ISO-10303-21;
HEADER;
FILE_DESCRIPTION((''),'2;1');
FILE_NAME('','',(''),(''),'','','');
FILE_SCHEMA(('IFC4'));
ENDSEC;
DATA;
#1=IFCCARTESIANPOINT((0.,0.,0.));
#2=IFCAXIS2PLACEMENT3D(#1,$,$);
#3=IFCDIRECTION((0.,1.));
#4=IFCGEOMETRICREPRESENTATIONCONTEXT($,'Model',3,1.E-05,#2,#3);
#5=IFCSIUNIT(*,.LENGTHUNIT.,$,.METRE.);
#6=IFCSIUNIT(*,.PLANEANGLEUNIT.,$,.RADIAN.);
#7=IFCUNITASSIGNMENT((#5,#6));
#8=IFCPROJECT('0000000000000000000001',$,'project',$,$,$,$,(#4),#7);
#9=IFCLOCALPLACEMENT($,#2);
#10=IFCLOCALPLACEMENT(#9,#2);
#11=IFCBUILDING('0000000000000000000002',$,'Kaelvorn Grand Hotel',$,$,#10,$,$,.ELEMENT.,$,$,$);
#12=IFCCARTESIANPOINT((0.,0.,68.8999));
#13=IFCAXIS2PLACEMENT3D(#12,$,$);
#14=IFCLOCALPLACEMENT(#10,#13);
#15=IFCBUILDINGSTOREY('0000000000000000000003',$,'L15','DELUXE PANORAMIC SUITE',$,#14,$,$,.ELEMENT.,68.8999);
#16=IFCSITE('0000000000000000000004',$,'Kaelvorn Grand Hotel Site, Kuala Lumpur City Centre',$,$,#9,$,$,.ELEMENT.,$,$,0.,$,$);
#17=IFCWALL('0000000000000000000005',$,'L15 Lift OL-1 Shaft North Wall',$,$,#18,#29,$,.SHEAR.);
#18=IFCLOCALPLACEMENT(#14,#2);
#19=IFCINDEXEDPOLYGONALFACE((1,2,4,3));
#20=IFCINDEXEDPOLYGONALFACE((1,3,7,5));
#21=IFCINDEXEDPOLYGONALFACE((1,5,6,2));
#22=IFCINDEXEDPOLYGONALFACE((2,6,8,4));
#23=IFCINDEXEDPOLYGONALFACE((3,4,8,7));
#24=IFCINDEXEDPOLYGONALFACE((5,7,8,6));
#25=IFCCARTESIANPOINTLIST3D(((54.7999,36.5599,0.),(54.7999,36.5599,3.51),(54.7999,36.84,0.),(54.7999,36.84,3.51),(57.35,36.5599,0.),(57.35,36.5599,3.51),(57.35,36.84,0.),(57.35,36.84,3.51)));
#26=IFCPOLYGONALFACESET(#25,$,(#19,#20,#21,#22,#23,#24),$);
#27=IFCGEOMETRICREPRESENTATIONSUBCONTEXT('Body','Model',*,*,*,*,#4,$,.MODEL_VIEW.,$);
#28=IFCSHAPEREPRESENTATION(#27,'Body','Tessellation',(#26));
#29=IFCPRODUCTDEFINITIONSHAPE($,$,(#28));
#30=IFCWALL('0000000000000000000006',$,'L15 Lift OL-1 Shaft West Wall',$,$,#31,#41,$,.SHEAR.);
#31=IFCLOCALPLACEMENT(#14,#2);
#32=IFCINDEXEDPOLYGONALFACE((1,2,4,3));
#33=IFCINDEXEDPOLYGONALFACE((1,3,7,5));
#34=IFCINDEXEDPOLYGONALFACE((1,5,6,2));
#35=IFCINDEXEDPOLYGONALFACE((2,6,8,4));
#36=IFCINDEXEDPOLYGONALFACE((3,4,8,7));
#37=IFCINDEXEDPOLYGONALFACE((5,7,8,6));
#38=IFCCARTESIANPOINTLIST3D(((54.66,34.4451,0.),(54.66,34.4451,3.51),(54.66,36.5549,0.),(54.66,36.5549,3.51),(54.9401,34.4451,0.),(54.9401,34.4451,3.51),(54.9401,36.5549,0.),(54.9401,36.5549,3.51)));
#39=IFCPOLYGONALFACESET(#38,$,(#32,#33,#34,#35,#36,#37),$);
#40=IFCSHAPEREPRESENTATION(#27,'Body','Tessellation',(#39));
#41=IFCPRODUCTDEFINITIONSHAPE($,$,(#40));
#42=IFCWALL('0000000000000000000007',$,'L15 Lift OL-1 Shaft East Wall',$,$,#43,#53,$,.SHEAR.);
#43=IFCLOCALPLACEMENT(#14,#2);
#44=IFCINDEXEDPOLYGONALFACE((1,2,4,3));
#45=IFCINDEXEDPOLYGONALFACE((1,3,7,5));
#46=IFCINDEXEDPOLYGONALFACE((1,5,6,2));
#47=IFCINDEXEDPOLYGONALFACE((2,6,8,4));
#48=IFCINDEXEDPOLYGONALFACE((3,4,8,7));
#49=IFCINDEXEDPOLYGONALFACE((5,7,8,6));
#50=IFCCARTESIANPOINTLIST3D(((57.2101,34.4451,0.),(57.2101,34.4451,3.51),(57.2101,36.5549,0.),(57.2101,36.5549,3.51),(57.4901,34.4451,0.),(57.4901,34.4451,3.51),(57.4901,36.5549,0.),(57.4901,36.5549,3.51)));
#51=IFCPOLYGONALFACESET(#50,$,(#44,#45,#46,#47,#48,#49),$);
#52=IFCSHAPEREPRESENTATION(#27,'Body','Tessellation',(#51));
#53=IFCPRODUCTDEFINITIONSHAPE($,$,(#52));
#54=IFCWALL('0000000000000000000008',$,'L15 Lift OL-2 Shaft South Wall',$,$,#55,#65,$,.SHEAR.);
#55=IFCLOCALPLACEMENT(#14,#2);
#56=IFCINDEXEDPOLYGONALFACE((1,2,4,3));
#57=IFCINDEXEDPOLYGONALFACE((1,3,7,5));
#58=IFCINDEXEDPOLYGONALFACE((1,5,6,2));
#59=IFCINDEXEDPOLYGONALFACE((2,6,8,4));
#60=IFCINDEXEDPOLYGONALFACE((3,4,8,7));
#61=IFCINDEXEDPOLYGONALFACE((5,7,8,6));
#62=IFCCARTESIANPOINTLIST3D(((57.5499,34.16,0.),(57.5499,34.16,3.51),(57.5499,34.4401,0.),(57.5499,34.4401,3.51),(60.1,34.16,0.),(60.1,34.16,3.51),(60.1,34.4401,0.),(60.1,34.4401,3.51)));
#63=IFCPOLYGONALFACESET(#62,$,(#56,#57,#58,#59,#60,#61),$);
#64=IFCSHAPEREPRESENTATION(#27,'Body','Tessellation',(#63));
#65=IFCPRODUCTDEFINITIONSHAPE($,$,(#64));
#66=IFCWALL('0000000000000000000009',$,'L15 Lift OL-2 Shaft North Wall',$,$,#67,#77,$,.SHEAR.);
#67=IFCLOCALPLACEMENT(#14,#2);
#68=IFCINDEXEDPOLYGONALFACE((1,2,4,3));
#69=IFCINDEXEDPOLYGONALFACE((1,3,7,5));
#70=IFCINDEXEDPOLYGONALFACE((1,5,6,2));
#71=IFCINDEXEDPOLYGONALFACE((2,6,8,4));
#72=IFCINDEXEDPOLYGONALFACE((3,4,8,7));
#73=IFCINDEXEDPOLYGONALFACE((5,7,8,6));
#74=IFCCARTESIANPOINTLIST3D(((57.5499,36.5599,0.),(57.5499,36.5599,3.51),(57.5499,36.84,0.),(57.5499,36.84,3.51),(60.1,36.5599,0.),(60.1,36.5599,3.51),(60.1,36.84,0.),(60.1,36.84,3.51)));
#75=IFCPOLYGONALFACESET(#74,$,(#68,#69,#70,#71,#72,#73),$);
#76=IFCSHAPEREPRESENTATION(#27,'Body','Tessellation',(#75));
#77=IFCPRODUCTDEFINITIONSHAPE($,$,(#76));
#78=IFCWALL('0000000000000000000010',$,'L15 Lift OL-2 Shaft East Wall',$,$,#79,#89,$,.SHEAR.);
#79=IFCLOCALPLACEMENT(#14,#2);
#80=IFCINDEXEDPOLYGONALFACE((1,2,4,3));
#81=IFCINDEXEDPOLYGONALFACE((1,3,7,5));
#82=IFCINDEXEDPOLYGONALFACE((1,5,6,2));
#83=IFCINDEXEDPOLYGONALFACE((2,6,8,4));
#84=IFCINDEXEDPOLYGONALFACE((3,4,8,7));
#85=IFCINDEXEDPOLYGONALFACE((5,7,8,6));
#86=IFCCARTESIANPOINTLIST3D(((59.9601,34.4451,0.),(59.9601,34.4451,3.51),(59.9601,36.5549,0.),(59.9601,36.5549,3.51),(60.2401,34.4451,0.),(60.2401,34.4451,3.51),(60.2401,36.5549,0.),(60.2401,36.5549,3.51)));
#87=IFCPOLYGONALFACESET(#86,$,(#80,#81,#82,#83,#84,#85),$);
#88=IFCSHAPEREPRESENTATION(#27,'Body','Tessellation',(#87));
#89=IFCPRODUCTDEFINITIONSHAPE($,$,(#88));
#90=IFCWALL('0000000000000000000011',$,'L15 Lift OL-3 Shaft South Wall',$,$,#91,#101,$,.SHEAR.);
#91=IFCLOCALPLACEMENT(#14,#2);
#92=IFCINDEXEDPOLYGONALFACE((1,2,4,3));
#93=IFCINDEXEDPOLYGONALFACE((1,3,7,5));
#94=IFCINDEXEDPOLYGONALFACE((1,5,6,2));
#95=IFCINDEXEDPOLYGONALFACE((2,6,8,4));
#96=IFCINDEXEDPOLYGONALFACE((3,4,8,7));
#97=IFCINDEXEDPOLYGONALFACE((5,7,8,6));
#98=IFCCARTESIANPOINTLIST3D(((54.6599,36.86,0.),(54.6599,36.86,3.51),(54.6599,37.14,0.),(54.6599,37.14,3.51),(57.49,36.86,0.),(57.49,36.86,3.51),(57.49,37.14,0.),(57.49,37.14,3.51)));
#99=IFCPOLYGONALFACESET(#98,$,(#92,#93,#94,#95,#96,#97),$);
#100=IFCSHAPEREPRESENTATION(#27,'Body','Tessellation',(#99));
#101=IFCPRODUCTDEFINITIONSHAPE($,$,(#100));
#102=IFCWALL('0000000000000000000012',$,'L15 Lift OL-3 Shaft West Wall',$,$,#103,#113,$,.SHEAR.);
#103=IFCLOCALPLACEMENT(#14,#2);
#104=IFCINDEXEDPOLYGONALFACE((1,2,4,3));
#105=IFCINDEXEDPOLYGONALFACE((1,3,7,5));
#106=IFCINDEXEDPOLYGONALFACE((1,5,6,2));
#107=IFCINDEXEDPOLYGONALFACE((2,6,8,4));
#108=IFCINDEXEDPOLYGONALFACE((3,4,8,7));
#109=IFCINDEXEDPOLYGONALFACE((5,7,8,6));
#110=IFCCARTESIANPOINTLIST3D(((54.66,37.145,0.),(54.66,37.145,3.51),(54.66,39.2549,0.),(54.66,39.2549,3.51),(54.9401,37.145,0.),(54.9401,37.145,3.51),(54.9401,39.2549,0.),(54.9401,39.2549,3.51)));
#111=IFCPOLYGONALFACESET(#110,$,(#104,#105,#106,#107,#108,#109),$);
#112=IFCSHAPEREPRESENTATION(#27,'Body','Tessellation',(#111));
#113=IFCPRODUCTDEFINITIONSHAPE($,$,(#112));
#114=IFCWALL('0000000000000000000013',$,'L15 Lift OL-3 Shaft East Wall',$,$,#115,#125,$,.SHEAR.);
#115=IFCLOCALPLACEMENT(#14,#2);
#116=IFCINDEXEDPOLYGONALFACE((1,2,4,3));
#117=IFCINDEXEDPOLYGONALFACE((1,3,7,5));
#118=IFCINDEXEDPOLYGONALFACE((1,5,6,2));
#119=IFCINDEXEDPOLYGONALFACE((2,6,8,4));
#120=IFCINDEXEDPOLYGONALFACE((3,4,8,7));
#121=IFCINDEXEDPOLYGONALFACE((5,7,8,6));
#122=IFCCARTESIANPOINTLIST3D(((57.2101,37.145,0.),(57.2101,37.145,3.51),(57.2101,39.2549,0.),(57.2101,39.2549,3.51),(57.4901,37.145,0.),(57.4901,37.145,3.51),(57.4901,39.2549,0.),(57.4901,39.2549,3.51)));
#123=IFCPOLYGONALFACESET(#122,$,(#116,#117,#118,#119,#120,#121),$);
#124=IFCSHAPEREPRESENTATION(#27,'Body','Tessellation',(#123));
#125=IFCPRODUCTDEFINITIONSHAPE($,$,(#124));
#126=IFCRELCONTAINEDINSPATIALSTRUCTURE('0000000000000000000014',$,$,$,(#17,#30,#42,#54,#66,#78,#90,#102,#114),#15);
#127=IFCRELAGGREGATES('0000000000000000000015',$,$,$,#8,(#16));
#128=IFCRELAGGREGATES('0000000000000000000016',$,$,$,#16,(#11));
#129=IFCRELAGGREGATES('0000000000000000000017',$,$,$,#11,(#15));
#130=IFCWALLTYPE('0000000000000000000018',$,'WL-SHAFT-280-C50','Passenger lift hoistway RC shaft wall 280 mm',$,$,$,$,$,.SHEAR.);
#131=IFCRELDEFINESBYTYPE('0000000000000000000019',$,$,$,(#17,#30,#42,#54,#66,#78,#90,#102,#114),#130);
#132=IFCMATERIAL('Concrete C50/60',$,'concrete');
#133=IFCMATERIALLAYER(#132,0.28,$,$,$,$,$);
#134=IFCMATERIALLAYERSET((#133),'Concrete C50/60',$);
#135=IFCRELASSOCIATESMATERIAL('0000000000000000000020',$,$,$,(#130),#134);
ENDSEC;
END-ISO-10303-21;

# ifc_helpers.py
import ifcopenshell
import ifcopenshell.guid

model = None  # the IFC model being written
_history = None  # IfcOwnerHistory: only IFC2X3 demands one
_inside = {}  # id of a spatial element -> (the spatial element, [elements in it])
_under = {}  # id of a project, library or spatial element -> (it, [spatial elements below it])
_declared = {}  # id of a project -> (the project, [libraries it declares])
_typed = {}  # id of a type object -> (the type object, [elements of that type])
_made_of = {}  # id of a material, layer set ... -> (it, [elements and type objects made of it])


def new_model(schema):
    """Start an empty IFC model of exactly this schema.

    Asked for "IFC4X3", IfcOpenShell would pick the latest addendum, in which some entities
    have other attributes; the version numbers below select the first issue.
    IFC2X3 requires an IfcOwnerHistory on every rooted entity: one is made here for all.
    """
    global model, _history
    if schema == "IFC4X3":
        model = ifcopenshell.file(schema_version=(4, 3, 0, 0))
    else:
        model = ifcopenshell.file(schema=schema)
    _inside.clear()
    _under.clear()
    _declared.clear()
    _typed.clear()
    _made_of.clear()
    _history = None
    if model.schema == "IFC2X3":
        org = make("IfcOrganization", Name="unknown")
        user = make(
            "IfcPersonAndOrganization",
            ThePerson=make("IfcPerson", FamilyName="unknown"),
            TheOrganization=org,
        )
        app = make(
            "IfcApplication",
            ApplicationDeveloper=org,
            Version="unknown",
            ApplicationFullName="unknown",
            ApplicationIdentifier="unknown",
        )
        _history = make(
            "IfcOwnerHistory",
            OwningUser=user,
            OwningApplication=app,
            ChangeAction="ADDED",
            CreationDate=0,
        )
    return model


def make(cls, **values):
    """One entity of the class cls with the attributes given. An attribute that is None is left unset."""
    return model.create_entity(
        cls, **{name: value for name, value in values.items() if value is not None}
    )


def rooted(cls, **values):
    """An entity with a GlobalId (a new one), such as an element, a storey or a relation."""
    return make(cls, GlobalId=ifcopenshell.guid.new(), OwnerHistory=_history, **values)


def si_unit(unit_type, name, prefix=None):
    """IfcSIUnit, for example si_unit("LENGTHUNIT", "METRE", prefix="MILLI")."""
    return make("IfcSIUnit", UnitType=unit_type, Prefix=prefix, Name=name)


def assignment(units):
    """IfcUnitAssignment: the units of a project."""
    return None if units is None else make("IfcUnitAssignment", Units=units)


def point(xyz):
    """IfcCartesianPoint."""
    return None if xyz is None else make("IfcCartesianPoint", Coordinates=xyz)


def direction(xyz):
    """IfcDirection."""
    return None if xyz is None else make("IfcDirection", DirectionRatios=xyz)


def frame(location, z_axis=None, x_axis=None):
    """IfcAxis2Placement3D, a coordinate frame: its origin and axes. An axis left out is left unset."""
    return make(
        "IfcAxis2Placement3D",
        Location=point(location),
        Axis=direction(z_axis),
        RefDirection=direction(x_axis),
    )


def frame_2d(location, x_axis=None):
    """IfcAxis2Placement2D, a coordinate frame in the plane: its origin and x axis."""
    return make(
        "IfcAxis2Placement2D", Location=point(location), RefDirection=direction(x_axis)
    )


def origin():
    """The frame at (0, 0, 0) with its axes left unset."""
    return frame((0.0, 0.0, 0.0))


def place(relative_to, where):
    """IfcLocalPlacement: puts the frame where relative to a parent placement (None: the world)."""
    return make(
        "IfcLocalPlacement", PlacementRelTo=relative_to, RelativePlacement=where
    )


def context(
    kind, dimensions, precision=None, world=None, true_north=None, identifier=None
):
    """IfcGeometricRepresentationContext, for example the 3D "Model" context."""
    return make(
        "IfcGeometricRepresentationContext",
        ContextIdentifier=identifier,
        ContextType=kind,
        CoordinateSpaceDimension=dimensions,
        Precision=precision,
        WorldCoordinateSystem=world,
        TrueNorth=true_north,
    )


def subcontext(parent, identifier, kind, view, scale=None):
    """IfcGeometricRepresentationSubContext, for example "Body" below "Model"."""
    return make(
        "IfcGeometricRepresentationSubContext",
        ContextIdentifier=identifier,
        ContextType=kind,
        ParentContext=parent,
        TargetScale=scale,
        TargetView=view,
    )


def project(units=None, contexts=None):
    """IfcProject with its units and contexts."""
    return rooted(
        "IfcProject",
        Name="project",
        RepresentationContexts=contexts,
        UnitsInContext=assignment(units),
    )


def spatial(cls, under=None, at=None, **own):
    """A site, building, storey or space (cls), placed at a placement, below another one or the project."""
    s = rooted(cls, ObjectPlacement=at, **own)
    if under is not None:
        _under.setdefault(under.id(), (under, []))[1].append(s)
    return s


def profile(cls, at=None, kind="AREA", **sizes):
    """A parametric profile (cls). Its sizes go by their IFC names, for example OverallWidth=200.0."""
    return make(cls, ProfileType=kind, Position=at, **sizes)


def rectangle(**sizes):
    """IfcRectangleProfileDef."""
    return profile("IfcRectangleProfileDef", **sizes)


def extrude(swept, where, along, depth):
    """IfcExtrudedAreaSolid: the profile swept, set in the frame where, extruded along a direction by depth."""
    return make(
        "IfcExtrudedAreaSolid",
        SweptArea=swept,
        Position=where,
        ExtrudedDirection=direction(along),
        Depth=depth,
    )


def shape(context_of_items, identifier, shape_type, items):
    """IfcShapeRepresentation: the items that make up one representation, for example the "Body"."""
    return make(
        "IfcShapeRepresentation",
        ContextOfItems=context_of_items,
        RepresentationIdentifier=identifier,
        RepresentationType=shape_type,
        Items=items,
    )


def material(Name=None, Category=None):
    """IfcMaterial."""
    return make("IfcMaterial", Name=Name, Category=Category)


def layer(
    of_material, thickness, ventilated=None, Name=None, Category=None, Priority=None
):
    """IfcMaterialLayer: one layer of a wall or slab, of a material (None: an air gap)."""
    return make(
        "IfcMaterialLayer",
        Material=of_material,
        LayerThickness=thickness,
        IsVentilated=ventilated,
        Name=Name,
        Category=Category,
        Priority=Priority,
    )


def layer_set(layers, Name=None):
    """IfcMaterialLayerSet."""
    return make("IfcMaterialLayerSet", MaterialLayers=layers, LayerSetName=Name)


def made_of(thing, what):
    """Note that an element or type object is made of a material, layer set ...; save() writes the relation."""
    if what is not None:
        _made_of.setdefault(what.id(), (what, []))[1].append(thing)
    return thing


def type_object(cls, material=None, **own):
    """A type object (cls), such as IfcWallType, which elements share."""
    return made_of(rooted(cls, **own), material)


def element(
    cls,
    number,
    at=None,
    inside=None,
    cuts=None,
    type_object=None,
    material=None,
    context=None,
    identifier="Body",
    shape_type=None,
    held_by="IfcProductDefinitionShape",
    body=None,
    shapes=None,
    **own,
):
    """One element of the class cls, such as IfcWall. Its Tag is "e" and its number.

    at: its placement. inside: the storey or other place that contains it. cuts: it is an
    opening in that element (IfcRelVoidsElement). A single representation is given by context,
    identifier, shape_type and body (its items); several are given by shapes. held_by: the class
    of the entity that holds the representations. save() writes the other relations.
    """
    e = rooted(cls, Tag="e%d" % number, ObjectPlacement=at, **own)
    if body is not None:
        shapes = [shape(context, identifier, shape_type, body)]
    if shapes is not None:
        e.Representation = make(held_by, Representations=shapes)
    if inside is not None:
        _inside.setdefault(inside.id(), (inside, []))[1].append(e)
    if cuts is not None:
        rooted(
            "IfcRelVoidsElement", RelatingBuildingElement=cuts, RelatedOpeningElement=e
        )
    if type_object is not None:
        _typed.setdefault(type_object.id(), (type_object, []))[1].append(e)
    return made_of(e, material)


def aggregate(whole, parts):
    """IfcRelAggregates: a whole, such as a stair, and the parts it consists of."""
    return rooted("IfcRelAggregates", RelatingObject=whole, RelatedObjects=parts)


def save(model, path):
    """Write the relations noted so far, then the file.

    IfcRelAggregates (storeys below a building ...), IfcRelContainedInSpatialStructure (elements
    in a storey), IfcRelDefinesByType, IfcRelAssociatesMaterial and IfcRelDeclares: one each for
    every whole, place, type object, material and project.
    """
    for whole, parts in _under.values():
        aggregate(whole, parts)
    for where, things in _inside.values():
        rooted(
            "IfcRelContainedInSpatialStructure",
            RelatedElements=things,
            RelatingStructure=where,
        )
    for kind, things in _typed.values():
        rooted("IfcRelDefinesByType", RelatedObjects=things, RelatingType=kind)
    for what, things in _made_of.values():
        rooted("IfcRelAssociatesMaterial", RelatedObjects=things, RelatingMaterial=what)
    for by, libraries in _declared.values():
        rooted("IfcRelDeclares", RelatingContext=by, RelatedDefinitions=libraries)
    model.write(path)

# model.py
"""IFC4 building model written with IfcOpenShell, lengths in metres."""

from ifc_helpers import new_model, si_unit, direction, frame, frame_2d, origin, place, context, subcontext, project, spatial, rectangle, extrude, material, layer, layer_set, type_object, element, save


model = new_model("IFC4")

# Units and contexts
model_context = context("Model", 3, precision=1e-05, world=origin(), true_north=direction((0.0, 1.0)))
body_context = subcontext(model_context, "Body", "Model", "MODEL_VIEW")
ifc_project = project(units=[si_unit("LENGTHUNIT", "METRE"), si_unit("PLANEANGLEUNIT", "RADIAN")], contexts=[model_context])

# Site, building, storey
site_placement = place(None, origin())
site = spatial("IfcSite", under=ifc_project, at=site_placement, Name="Kaelvorn Grand Hotel Site, Kuala Lumpur City Centre", CompositionType="ELEMENT", RefElevation=0.0)
building_placement = place(site_placement, origin())
building = spatial("IfcBuilding", under=site, at=building_placement, Name="Kaelvorn Grand Hotel", CompositionType="ELEMENT")
storey_placement = place(building_placement, frame((0.0, 0.0, 68.8999)))
storey = spatial("IfcBuildingStorey", under=building, at=storey_placement, Name="L15", Description="DELUXE PANORAMIC SUITE", CompositionType="ELEMENT", Elevation=68.8999)

# Walls
ifc_material_1 = material(Name="Concrete C50/60", Category="concrete")
ifc_layer_1 = layer(ifc_material_1, 0.28)
ifc_layer_set_1 = layer_set([ifc_layer_1], Name="Concrete C50/60")
wall_type_1 = type_object("IfcWallType", Name="WL-SHAFT-280-C50", Description="Passenger lift hoistway RC shaft wall 280 mm", PredefinedType="SHEAR", material=ifc_layer_set_1)
for number, where, z_axis, x_axis, name in (
    (1, (54.8, 36.7, 0.0), (0.0, 0.0, 1.0), (1.0, 0.0, 0.0), "L15 Lift OL-1 Shaft North Wall"),
):
    element("IfcWall", number, at=place(storey_placement, frame(where, z_axis=z_axis, x_axis=x_axis)), inside=storey, type_object=wall_type_1, Name=name, PredefinedType="SHEAR", context=body_context, shape_type="SweptSolid", body=[
        extrude(rectangle(XDim=2.55, YDim=0.28, at=frame_2d((1.2749, 0.0))), origin(), (0.0, 0.0, 1.0), 3.51),
    ])
for number, where, z_axis, x_axis, name in (
    (2, (54.8, 34.4451, 0.0), (0.0, 0.0, 1.0), (0.0, 1.0, 0.0), "L15 Lift OL-1 Shaft West Wall"),
    (3, (57.3501, 34.4451, 0.0), (0.0, 0.0, 1.0), (0.0, 1.0, 0.0), "L15 Lift OL-1 Shaft East Wall"),
):
    element("IfcWall", number, at=place(storey_placement, frame(where, z_axis=z_axis, x_axis=x_axis)), inside=storey, type_object=wall_type_1, Name=name, PredefinedType="SHEAR", context=body_context, shape_type="SweptSolid", body=[
        extrude(rectangle(XDim=2.1099, YDim=0.28, at=frame_2d((1.0549, 0.0))), origin(), (0.0, 0.0, 1.0), 3.51),
    ])
for number, where, z_axis, x_axis, name in (
    (4, (57.55, 34.3, 0.0), (0.0, 0.0, 1.0), (1.0, 0.0, 0.0), "L15 Lift OL-2 Shaft South Wall"),
    (5, (57.55, 36.7, 0.0), (0.0, 0.0, 1.0), (1.0, 0.0, 0.0), "L15 Lift OL-2 Shaft North Wall"),
):
    element("IfcWall", number, at=place(storey_placement, frame(where, z_axis=z_axis, x_axis=x_axis)), inside=storey, type_object=wall_type_1, Name=name, PredefinedType="SHEAR", context=body_context, shape_type="SweptSolid", body=[
        extrude(rectangle(XDim=2.55, YDim=0.28, at=frame_2d((1.2749, 0.0))), origin(), (0.0, 0.0, 1.0), 3.51),
    ])
wall_1_placement = place(storey_placement, frame((60.1001, 34.4451, 0.0), z_axis=(0.0, 0.0, 1.0), x_axis=(0.0, 1.0, 0.0)))
element("IfcWall", 6, at=wall_1_placement, inside=storey, type_object=wall_type_1, Name="L15 Lift OL-2 Shaft East Wall", PredefinedType="SHEAR", context=body_context, shape_type="SweptSolid", body=[
    extrude(rectangle(XDim=2.1099, YDim=0.28, at=frame_2d((1.0549, 0.0))), origin(), (0.0, 0.0, 1.0), 3.51),
])
wall_2_placement = place(storey_placement, frame((54.6599, 37.0, 0.0), z_axis=(0.0, 0.0, 1.0), x_axis=(1.0, 0.0, 0.0)))
element("IfcWall", 7, at=wall_2_placement, inside=storey, type_object=wall_type_1, Name="L15 Lift OL-3 Shaft South Wall", PredefinedType="SHEAR", context=body_context, shape_type="SweptSolid", body=[
    extrude(rectangle(XDim=2.8301, YDim=0.28, at=frame_2d((1.415, 0.0))), origin(), (0.0, 0.0, 1.0), 3.51),
])
for number, where, z_axis, x_axis, name in (
    (8, (54.8, 37.145, 0.0), (0.0, 0.0, 1.0), (0.0, 1.0, 0.0), "L15 Lift OL-3 Shaft West Wall"),
    (9, (57.3501, 37.145, 0.0), (0.0, 0.0, 1.0), (0.0, 1.0, 0.0), "L15 Lift OL-3 Shaft East Wall"),
):
    element("IfcWall", number, at=place(storey_placement, frame(where, z_axis=z_axis, x_axis=x_axis)), inside=storey, type_object=wall_type_1, Name=name, PredefinedType="SHEAR", context=body_context, shape_type="SweptSolid", body=[
        extrude(rectangle(XDim=2.1099, YDim=0.28, at=frame_2d((1.0549, 0.0))), origin(), (0.0, 0.0, 1.0), 3.51),
    ])

save(model, "model.ifc")
